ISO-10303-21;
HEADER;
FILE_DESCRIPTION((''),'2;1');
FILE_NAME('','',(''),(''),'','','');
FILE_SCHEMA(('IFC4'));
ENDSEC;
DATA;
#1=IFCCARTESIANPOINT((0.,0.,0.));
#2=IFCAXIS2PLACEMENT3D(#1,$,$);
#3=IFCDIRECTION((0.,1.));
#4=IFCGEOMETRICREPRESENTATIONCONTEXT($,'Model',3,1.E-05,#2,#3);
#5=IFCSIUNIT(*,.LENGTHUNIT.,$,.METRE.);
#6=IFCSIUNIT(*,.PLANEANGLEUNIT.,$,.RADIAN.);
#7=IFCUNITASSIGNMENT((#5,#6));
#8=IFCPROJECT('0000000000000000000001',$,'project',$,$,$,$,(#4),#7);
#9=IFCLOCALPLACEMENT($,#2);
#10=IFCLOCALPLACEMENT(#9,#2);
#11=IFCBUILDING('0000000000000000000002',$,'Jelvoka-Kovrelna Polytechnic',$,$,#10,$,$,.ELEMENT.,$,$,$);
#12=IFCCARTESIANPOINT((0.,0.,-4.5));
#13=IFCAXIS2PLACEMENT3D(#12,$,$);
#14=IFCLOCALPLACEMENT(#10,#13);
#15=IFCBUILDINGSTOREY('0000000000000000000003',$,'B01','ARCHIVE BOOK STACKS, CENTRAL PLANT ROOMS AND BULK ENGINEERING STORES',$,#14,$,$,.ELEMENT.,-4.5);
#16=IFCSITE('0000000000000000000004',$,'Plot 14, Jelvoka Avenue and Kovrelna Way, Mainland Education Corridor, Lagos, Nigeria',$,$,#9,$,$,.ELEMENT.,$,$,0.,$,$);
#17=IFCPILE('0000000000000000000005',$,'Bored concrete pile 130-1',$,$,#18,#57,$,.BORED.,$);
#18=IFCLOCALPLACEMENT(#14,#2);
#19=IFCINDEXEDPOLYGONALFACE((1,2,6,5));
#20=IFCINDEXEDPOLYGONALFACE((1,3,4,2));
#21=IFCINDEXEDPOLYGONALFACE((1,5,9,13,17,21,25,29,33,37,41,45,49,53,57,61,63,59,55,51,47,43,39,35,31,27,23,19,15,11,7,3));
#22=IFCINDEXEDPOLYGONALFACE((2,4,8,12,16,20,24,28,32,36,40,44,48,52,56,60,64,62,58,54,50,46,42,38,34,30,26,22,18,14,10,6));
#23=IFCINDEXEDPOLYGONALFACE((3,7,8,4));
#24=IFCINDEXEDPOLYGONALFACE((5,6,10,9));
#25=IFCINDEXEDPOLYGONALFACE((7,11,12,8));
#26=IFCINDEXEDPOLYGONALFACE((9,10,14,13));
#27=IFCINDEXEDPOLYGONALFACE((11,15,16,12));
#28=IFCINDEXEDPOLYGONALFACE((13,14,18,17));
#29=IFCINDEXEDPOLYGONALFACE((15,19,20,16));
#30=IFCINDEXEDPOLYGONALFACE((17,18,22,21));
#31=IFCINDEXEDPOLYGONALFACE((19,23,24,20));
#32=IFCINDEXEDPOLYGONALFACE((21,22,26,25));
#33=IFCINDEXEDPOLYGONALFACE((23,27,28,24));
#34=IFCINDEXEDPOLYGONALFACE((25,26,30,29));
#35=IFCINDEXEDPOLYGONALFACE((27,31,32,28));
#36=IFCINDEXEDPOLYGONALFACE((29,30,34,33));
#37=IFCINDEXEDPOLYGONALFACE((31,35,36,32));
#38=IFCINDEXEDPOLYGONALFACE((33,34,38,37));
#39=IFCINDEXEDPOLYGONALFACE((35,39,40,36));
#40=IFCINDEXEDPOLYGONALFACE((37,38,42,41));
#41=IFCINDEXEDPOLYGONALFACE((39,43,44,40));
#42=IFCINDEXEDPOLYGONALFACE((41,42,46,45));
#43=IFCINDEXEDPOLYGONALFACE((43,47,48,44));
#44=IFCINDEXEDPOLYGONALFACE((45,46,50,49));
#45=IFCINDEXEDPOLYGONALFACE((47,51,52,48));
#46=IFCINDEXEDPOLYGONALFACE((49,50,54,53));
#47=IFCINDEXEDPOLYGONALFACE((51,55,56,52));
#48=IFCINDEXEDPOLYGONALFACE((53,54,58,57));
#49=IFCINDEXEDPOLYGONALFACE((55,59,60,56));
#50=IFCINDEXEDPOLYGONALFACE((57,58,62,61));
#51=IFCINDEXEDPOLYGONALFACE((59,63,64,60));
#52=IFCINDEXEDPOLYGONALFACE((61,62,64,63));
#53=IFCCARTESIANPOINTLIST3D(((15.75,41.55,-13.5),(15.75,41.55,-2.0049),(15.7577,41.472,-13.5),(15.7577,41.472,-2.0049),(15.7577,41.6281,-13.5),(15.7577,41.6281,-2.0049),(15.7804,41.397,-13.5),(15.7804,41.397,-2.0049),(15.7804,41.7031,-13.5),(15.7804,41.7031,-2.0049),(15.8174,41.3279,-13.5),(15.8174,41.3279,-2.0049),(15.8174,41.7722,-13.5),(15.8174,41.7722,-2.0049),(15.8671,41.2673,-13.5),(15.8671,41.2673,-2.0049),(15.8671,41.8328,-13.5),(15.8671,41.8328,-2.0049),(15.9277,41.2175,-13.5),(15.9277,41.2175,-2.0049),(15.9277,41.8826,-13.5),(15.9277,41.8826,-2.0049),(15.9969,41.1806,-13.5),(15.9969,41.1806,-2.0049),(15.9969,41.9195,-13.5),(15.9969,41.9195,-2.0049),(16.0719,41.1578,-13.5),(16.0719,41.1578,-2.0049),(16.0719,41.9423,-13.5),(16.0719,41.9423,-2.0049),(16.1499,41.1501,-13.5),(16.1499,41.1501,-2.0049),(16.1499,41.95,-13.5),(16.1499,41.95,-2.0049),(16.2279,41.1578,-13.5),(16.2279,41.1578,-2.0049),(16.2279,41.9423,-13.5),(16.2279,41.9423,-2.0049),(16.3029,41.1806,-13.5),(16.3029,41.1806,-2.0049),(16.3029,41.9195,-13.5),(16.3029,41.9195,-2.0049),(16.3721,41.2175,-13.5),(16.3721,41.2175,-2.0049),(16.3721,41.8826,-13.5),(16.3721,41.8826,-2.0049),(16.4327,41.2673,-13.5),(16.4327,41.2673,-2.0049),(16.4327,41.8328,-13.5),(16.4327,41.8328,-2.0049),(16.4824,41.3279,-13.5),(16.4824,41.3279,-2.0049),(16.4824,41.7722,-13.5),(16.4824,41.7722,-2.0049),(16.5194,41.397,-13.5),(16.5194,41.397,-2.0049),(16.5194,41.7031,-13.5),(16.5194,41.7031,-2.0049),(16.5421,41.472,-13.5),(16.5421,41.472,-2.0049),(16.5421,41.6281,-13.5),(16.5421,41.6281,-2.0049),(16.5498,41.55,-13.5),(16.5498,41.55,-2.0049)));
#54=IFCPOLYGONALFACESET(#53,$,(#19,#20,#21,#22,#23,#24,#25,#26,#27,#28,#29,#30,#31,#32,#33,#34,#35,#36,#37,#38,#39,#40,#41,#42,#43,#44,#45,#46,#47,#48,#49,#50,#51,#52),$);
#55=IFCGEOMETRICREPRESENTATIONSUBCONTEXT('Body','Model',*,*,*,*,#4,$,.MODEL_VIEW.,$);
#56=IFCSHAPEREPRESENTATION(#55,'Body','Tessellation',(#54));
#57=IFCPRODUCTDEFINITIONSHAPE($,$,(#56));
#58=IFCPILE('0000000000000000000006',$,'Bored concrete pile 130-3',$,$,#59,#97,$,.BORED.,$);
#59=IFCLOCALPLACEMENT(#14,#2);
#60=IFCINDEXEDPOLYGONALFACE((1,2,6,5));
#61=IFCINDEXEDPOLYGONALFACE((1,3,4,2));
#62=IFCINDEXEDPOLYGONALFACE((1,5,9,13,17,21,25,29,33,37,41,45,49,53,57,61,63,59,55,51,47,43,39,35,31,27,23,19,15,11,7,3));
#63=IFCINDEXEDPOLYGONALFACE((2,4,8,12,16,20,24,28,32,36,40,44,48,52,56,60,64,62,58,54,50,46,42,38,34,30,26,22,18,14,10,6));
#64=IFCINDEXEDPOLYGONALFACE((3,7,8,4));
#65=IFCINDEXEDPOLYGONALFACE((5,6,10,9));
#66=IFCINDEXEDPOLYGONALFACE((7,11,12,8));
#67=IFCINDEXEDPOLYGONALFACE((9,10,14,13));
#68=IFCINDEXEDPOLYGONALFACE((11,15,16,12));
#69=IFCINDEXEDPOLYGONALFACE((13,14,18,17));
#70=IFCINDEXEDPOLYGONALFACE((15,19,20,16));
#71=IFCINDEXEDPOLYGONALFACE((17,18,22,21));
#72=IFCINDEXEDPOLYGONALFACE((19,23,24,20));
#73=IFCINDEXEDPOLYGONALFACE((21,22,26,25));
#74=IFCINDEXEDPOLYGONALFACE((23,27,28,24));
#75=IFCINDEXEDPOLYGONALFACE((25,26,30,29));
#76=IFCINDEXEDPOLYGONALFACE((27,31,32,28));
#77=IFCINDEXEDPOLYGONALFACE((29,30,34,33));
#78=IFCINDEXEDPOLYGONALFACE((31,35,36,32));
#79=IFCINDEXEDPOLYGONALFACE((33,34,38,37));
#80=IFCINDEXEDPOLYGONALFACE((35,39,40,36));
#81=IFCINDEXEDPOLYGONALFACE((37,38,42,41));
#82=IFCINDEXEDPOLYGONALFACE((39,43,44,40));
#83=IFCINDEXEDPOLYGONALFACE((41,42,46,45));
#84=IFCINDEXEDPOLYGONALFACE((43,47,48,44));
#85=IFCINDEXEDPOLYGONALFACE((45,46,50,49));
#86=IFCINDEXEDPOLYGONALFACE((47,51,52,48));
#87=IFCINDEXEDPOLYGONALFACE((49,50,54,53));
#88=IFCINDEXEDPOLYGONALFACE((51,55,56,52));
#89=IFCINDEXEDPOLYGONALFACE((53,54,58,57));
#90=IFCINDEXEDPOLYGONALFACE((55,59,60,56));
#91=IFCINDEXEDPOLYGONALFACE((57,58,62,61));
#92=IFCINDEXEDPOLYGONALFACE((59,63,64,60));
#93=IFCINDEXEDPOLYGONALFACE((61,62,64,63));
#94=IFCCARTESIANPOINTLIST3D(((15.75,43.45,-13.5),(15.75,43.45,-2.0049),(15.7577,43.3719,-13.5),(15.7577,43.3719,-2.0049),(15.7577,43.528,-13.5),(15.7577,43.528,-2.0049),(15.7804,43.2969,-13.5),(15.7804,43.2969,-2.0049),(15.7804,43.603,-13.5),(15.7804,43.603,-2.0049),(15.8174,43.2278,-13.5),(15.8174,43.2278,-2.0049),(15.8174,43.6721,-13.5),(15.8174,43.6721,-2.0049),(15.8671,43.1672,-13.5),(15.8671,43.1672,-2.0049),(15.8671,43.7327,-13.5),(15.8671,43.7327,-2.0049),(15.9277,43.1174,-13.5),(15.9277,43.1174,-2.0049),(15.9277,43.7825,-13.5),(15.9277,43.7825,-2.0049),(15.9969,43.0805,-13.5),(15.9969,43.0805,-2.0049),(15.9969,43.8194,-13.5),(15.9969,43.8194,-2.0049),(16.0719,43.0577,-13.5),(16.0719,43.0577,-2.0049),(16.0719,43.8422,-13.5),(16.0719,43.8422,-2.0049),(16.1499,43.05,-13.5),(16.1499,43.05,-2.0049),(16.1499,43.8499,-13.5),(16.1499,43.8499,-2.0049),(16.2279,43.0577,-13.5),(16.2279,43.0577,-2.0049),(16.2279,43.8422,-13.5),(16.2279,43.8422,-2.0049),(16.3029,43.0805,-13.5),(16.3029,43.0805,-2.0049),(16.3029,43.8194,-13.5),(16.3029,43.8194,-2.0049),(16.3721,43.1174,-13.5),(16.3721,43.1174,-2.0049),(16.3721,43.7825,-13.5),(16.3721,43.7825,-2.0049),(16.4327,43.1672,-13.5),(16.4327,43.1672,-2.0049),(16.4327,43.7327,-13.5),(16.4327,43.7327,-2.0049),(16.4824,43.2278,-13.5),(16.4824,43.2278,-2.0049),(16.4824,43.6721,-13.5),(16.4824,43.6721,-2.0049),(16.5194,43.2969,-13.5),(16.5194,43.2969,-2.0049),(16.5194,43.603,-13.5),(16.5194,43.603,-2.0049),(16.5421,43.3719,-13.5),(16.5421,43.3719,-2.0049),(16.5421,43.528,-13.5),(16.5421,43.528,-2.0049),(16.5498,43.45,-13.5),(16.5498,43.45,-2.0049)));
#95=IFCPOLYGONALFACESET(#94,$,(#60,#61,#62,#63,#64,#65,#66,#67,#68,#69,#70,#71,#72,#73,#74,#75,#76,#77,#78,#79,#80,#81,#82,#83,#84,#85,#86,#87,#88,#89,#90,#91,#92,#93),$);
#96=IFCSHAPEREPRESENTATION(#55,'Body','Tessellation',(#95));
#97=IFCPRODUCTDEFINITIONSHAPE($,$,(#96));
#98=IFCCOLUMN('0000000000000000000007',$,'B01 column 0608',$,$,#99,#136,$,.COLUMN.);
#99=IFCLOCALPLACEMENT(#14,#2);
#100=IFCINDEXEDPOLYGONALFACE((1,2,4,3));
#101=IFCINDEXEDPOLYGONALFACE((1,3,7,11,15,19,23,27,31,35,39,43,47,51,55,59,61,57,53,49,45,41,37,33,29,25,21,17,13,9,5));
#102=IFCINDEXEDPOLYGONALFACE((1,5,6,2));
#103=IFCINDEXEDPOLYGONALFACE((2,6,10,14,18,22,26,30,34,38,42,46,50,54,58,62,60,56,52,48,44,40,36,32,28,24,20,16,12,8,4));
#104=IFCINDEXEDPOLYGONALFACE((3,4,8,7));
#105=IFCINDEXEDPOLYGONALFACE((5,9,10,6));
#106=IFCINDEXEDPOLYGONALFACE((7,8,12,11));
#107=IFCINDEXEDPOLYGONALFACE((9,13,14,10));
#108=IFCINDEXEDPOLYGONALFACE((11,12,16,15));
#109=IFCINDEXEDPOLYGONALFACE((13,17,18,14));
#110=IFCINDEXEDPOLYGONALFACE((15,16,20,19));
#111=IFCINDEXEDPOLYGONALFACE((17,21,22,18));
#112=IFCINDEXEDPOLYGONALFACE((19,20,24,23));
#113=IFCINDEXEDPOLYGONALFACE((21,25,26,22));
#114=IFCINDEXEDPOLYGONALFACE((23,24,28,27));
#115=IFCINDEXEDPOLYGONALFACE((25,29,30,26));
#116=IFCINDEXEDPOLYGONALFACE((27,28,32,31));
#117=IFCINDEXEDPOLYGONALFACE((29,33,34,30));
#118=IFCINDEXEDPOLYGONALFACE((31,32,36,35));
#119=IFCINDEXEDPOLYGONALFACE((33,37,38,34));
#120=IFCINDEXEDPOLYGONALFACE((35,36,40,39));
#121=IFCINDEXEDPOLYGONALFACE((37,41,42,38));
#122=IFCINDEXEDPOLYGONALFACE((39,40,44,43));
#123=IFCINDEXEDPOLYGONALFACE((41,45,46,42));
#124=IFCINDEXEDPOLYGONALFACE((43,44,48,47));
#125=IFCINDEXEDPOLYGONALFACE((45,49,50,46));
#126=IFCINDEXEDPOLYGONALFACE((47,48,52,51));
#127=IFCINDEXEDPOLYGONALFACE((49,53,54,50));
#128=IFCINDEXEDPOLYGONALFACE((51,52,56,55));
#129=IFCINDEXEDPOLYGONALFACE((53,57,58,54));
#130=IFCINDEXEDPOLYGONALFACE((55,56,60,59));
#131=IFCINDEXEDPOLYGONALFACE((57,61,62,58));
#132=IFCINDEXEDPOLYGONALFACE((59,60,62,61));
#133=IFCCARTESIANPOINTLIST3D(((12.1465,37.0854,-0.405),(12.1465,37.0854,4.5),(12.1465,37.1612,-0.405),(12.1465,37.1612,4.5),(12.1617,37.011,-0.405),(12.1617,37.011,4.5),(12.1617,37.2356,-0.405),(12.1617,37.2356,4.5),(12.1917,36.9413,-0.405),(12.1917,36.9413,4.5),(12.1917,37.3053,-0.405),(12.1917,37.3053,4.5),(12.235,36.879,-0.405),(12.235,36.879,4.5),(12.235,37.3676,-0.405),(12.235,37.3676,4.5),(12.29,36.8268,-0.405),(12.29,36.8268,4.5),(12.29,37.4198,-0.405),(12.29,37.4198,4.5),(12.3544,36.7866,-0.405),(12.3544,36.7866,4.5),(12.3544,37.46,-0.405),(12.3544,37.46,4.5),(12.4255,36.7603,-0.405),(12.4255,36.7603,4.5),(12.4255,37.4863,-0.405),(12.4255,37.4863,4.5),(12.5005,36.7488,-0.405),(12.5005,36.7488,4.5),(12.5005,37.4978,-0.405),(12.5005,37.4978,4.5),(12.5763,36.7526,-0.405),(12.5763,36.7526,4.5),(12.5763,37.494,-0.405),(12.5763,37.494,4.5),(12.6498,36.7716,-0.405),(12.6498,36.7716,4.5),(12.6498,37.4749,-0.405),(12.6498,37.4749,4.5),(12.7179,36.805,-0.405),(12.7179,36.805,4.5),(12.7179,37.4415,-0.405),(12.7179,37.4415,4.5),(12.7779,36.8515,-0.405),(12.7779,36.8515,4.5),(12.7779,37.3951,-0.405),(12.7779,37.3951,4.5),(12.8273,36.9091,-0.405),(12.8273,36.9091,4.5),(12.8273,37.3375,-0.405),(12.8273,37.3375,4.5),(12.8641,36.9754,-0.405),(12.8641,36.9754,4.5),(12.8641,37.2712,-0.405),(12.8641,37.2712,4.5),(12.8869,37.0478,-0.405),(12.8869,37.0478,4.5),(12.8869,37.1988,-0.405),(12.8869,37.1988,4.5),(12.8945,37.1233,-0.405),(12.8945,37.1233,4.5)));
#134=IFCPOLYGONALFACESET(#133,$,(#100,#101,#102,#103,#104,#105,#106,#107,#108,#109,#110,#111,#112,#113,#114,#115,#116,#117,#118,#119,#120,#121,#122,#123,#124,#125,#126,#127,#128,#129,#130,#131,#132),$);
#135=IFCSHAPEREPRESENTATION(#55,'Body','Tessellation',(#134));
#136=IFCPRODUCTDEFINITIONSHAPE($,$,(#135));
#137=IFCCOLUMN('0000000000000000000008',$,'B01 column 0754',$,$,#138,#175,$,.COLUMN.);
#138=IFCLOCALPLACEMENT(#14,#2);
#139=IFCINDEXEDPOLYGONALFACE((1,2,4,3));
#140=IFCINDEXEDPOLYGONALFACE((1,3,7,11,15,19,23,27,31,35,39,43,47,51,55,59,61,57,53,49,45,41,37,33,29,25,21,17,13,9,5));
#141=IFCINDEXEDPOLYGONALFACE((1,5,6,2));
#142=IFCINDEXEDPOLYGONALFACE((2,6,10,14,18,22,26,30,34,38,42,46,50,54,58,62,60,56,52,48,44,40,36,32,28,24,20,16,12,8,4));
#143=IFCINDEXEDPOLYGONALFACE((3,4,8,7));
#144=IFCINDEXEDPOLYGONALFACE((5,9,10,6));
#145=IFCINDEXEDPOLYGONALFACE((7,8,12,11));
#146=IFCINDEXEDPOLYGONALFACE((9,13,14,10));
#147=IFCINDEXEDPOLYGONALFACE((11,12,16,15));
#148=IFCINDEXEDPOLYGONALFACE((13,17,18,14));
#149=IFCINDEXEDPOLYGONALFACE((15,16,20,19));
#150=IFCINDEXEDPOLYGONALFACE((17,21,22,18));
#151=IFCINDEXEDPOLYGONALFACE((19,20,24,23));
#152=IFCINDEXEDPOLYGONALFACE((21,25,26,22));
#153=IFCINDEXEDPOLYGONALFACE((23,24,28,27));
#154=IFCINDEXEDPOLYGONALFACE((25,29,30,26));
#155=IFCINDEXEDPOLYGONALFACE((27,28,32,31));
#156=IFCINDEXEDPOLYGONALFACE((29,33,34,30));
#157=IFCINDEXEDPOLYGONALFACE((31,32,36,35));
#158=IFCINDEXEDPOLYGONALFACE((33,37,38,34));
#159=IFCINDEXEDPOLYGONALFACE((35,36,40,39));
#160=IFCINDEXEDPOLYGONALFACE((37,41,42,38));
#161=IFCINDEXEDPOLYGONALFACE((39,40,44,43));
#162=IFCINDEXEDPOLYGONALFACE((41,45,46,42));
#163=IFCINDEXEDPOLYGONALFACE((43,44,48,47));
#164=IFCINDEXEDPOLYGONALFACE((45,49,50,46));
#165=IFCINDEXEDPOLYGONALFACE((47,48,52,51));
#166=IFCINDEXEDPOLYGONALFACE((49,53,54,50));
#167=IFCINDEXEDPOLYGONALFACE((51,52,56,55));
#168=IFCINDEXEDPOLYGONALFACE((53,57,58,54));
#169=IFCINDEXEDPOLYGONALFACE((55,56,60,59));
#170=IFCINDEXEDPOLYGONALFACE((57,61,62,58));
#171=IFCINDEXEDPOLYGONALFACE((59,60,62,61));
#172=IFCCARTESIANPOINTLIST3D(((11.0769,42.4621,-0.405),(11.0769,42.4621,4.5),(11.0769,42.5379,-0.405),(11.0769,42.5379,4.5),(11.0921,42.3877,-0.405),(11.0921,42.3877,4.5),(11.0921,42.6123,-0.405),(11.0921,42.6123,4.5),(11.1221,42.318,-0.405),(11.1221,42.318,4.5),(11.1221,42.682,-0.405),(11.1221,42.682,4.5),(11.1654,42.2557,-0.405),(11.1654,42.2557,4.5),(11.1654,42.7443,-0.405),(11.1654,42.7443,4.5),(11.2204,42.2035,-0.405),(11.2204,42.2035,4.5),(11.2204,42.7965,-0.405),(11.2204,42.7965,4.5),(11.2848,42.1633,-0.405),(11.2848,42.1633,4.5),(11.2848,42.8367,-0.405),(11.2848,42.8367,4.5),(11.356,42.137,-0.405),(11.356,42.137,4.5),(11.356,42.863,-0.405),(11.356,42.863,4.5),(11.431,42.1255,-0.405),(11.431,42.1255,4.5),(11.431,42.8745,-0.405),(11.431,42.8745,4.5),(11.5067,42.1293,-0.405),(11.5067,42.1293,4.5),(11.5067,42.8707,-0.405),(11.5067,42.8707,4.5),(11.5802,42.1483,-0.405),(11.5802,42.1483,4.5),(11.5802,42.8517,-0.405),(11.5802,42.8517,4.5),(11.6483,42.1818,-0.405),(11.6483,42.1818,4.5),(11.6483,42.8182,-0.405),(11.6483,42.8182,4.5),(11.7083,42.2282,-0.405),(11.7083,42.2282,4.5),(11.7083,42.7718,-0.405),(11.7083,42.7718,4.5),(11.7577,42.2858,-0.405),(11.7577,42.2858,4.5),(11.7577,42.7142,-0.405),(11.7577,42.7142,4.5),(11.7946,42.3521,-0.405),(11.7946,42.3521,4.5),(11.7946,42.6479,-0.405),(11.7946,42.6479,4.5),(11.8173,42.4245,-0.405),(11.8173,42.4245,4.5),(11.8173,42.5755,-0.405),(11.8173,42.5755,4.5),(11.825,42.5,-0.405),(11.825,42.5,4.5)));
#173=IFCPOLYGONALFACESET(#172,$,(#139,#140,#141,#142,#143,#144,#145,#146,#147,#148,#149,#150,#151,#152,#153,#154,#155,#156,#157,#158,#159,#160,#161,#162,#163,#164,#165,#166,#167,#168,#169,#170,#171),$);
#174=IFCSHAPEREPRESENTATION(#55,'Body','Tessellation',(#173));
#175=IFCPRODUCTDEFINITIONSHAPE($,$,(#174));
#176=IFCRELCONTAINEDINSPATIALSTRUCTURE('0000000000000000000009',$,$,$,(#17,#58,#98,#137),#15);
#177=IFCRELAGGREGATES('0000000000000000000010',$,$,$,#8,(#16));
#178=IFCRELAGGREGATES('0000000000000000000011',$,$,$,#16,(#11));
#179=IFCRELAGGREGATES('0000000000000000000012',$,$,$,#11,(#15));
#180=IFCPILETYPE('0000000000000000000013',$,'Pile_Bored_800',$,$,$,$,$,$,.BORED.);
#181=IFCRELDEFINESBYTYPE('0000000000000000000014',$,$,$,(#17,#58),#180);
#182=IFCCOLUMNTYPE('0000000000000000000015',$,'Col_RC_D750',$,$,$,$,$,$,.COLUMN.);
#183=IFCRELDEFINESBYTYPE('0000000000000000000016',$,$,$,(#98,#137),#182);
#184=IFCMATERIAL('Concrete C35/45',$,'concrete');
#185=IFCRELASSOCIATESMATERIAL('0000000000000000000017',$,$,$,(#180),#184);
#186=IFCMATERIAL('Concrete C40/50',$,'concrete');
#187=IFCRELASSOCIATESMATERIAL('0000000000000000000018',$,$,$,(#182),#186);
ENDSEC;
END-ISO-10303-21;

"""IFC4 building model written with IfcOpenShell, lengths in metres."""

from ifc_helpers import new_model, si_unit, direction, frame, origin, origin_2d, place, context, subcontext, project, spatial, circle, extrude, material, material_profile, profile_set, type_object, element, save


model = new_model("IFC4")

# Units and contexts
model_context = context("Model", 3, precision=1e-05, world=origin(), true_north=direction((0.0, 1.0)))
body_context = subcontext(model_context, "Body", "Model", "MODEL_VIEW")
ifc_project = project(units=[si_unit("LENGTHUNIT", "METRE"), si_unit("PLANEANGLEUNIT", "RADIAN")], contexts=[model_context])

# Site, building, storey
site_placement = place(None, origin())
site = spatial("IfcSite", under=ifc_project, at=site_placement, Name="Plot 14, Jelvoka Avenue and Kovrelna Way, Mainland Education Corridor, Lagos, Nigeria", CompositionType="ELEMENT", RefElevation=0.0)
building_placement = place(site_placement, origin())
building = spatial("IfcBuilding", under=site, at=building_placement, Name="Jelvoka-Kovrelna Polytechnic", CompositionType="ELEMENT")
storey_placement = place(building_placement, frame((0.0, 0.0, -4.5)))
storey = spatial("IfcBuildingStorey", under=building, at=storey_placement, Name="B01", Description="ARCHIVE BOOK STACKS, CENTRAL PLANT ROOMS AND BULK ENGINEERING STORES", CompositionType="ELEMENT", Elevation=-4.5)

# Piles
ifc_material_1 = material(Name="Concrete C35/45", Category="concrete")
ifc_material_profile_1 = material_profile(ifc_material_1, circle(Radius=0.3999, at=origin_2d()), Name="PILE D800")
ifc_profile_set_1 = profile_set([ifc_material_profile_1], Name="Concrete C35/45")
pile_type = type_object("IfcPileType", Name="Pile_Bored_800", PredefinedType="BORED", material=ifc_profile_set_1)
for number, where, z_axis, x_axis, name in (
    (1, (16.1499, 41.55, -2.0049), (0.0, 0.0, -1.0), (1.0, 0.0, 0.0), "Bored concrete pile 130-1"),
    (2, (16.1499, 43.45, -2.0049), (0.0, 0.0, -1.0), (1.0, 0.0, 0.0), "Bored concrete pile 130-3"),
):
    element("IfcPile", number, at=place(storey_placement, frame(where, z_axis=z_axis, x_axis=x_axis)), inside=storey, type_object=pile_type, Name=name, PredefinedType="BORED", context=body_context, shape_type="SweptSolid", body=[
        extrude(circle(Radius=0.3999, at=origin_2d()), origin(), (0.0, 0.0, 1.0), 11.4951),
    ])

# Columns
ifc_material_2 = material(Name="Concrete C40/50", Category="concrete")
ifc_material_profile_2 = material_profile(ifc_material_2, circle(Radius=0.375, at=origin_2d()), Name="RC D750")
ifc_profile_set_2 = profile_set([ifc_material_profile_2], Name="Concrete C40/50")
column_type_1 = type_object("IfcColumnType", Name="Col_RC_D750", PredefinedType="COLUMN", material=ifc_profile_set_2)
for number, where, z_axis, x_axis, name in (
    (3, (12.5195, 37.1233, -0.405), (0.0, 0.0, 1.0), (1.0, 0.0, 0.0), "B01 column 0608"),
    (4, (11.45, 42.5, -0.405), (0.0, 0.0, 1.0), (1.0, 0.0, 0.0), "B01 column 0754"),
):
    element("IfcColumn", number, at=place(storey_placement, frame(where, z_axis=z_axis, x_axis=x_axis)), inside=storey, type_object=column_type_1, Name=name, PredefinedType="COLUMN", context=body_context, shape_type="SweptSolid", body=[
        extrude(circle(Radius=0.375, at=origin_2d()), origin(), (0.0, 0.0, 1.0), 4.905),
    ])

save(model, "model.ifc")
